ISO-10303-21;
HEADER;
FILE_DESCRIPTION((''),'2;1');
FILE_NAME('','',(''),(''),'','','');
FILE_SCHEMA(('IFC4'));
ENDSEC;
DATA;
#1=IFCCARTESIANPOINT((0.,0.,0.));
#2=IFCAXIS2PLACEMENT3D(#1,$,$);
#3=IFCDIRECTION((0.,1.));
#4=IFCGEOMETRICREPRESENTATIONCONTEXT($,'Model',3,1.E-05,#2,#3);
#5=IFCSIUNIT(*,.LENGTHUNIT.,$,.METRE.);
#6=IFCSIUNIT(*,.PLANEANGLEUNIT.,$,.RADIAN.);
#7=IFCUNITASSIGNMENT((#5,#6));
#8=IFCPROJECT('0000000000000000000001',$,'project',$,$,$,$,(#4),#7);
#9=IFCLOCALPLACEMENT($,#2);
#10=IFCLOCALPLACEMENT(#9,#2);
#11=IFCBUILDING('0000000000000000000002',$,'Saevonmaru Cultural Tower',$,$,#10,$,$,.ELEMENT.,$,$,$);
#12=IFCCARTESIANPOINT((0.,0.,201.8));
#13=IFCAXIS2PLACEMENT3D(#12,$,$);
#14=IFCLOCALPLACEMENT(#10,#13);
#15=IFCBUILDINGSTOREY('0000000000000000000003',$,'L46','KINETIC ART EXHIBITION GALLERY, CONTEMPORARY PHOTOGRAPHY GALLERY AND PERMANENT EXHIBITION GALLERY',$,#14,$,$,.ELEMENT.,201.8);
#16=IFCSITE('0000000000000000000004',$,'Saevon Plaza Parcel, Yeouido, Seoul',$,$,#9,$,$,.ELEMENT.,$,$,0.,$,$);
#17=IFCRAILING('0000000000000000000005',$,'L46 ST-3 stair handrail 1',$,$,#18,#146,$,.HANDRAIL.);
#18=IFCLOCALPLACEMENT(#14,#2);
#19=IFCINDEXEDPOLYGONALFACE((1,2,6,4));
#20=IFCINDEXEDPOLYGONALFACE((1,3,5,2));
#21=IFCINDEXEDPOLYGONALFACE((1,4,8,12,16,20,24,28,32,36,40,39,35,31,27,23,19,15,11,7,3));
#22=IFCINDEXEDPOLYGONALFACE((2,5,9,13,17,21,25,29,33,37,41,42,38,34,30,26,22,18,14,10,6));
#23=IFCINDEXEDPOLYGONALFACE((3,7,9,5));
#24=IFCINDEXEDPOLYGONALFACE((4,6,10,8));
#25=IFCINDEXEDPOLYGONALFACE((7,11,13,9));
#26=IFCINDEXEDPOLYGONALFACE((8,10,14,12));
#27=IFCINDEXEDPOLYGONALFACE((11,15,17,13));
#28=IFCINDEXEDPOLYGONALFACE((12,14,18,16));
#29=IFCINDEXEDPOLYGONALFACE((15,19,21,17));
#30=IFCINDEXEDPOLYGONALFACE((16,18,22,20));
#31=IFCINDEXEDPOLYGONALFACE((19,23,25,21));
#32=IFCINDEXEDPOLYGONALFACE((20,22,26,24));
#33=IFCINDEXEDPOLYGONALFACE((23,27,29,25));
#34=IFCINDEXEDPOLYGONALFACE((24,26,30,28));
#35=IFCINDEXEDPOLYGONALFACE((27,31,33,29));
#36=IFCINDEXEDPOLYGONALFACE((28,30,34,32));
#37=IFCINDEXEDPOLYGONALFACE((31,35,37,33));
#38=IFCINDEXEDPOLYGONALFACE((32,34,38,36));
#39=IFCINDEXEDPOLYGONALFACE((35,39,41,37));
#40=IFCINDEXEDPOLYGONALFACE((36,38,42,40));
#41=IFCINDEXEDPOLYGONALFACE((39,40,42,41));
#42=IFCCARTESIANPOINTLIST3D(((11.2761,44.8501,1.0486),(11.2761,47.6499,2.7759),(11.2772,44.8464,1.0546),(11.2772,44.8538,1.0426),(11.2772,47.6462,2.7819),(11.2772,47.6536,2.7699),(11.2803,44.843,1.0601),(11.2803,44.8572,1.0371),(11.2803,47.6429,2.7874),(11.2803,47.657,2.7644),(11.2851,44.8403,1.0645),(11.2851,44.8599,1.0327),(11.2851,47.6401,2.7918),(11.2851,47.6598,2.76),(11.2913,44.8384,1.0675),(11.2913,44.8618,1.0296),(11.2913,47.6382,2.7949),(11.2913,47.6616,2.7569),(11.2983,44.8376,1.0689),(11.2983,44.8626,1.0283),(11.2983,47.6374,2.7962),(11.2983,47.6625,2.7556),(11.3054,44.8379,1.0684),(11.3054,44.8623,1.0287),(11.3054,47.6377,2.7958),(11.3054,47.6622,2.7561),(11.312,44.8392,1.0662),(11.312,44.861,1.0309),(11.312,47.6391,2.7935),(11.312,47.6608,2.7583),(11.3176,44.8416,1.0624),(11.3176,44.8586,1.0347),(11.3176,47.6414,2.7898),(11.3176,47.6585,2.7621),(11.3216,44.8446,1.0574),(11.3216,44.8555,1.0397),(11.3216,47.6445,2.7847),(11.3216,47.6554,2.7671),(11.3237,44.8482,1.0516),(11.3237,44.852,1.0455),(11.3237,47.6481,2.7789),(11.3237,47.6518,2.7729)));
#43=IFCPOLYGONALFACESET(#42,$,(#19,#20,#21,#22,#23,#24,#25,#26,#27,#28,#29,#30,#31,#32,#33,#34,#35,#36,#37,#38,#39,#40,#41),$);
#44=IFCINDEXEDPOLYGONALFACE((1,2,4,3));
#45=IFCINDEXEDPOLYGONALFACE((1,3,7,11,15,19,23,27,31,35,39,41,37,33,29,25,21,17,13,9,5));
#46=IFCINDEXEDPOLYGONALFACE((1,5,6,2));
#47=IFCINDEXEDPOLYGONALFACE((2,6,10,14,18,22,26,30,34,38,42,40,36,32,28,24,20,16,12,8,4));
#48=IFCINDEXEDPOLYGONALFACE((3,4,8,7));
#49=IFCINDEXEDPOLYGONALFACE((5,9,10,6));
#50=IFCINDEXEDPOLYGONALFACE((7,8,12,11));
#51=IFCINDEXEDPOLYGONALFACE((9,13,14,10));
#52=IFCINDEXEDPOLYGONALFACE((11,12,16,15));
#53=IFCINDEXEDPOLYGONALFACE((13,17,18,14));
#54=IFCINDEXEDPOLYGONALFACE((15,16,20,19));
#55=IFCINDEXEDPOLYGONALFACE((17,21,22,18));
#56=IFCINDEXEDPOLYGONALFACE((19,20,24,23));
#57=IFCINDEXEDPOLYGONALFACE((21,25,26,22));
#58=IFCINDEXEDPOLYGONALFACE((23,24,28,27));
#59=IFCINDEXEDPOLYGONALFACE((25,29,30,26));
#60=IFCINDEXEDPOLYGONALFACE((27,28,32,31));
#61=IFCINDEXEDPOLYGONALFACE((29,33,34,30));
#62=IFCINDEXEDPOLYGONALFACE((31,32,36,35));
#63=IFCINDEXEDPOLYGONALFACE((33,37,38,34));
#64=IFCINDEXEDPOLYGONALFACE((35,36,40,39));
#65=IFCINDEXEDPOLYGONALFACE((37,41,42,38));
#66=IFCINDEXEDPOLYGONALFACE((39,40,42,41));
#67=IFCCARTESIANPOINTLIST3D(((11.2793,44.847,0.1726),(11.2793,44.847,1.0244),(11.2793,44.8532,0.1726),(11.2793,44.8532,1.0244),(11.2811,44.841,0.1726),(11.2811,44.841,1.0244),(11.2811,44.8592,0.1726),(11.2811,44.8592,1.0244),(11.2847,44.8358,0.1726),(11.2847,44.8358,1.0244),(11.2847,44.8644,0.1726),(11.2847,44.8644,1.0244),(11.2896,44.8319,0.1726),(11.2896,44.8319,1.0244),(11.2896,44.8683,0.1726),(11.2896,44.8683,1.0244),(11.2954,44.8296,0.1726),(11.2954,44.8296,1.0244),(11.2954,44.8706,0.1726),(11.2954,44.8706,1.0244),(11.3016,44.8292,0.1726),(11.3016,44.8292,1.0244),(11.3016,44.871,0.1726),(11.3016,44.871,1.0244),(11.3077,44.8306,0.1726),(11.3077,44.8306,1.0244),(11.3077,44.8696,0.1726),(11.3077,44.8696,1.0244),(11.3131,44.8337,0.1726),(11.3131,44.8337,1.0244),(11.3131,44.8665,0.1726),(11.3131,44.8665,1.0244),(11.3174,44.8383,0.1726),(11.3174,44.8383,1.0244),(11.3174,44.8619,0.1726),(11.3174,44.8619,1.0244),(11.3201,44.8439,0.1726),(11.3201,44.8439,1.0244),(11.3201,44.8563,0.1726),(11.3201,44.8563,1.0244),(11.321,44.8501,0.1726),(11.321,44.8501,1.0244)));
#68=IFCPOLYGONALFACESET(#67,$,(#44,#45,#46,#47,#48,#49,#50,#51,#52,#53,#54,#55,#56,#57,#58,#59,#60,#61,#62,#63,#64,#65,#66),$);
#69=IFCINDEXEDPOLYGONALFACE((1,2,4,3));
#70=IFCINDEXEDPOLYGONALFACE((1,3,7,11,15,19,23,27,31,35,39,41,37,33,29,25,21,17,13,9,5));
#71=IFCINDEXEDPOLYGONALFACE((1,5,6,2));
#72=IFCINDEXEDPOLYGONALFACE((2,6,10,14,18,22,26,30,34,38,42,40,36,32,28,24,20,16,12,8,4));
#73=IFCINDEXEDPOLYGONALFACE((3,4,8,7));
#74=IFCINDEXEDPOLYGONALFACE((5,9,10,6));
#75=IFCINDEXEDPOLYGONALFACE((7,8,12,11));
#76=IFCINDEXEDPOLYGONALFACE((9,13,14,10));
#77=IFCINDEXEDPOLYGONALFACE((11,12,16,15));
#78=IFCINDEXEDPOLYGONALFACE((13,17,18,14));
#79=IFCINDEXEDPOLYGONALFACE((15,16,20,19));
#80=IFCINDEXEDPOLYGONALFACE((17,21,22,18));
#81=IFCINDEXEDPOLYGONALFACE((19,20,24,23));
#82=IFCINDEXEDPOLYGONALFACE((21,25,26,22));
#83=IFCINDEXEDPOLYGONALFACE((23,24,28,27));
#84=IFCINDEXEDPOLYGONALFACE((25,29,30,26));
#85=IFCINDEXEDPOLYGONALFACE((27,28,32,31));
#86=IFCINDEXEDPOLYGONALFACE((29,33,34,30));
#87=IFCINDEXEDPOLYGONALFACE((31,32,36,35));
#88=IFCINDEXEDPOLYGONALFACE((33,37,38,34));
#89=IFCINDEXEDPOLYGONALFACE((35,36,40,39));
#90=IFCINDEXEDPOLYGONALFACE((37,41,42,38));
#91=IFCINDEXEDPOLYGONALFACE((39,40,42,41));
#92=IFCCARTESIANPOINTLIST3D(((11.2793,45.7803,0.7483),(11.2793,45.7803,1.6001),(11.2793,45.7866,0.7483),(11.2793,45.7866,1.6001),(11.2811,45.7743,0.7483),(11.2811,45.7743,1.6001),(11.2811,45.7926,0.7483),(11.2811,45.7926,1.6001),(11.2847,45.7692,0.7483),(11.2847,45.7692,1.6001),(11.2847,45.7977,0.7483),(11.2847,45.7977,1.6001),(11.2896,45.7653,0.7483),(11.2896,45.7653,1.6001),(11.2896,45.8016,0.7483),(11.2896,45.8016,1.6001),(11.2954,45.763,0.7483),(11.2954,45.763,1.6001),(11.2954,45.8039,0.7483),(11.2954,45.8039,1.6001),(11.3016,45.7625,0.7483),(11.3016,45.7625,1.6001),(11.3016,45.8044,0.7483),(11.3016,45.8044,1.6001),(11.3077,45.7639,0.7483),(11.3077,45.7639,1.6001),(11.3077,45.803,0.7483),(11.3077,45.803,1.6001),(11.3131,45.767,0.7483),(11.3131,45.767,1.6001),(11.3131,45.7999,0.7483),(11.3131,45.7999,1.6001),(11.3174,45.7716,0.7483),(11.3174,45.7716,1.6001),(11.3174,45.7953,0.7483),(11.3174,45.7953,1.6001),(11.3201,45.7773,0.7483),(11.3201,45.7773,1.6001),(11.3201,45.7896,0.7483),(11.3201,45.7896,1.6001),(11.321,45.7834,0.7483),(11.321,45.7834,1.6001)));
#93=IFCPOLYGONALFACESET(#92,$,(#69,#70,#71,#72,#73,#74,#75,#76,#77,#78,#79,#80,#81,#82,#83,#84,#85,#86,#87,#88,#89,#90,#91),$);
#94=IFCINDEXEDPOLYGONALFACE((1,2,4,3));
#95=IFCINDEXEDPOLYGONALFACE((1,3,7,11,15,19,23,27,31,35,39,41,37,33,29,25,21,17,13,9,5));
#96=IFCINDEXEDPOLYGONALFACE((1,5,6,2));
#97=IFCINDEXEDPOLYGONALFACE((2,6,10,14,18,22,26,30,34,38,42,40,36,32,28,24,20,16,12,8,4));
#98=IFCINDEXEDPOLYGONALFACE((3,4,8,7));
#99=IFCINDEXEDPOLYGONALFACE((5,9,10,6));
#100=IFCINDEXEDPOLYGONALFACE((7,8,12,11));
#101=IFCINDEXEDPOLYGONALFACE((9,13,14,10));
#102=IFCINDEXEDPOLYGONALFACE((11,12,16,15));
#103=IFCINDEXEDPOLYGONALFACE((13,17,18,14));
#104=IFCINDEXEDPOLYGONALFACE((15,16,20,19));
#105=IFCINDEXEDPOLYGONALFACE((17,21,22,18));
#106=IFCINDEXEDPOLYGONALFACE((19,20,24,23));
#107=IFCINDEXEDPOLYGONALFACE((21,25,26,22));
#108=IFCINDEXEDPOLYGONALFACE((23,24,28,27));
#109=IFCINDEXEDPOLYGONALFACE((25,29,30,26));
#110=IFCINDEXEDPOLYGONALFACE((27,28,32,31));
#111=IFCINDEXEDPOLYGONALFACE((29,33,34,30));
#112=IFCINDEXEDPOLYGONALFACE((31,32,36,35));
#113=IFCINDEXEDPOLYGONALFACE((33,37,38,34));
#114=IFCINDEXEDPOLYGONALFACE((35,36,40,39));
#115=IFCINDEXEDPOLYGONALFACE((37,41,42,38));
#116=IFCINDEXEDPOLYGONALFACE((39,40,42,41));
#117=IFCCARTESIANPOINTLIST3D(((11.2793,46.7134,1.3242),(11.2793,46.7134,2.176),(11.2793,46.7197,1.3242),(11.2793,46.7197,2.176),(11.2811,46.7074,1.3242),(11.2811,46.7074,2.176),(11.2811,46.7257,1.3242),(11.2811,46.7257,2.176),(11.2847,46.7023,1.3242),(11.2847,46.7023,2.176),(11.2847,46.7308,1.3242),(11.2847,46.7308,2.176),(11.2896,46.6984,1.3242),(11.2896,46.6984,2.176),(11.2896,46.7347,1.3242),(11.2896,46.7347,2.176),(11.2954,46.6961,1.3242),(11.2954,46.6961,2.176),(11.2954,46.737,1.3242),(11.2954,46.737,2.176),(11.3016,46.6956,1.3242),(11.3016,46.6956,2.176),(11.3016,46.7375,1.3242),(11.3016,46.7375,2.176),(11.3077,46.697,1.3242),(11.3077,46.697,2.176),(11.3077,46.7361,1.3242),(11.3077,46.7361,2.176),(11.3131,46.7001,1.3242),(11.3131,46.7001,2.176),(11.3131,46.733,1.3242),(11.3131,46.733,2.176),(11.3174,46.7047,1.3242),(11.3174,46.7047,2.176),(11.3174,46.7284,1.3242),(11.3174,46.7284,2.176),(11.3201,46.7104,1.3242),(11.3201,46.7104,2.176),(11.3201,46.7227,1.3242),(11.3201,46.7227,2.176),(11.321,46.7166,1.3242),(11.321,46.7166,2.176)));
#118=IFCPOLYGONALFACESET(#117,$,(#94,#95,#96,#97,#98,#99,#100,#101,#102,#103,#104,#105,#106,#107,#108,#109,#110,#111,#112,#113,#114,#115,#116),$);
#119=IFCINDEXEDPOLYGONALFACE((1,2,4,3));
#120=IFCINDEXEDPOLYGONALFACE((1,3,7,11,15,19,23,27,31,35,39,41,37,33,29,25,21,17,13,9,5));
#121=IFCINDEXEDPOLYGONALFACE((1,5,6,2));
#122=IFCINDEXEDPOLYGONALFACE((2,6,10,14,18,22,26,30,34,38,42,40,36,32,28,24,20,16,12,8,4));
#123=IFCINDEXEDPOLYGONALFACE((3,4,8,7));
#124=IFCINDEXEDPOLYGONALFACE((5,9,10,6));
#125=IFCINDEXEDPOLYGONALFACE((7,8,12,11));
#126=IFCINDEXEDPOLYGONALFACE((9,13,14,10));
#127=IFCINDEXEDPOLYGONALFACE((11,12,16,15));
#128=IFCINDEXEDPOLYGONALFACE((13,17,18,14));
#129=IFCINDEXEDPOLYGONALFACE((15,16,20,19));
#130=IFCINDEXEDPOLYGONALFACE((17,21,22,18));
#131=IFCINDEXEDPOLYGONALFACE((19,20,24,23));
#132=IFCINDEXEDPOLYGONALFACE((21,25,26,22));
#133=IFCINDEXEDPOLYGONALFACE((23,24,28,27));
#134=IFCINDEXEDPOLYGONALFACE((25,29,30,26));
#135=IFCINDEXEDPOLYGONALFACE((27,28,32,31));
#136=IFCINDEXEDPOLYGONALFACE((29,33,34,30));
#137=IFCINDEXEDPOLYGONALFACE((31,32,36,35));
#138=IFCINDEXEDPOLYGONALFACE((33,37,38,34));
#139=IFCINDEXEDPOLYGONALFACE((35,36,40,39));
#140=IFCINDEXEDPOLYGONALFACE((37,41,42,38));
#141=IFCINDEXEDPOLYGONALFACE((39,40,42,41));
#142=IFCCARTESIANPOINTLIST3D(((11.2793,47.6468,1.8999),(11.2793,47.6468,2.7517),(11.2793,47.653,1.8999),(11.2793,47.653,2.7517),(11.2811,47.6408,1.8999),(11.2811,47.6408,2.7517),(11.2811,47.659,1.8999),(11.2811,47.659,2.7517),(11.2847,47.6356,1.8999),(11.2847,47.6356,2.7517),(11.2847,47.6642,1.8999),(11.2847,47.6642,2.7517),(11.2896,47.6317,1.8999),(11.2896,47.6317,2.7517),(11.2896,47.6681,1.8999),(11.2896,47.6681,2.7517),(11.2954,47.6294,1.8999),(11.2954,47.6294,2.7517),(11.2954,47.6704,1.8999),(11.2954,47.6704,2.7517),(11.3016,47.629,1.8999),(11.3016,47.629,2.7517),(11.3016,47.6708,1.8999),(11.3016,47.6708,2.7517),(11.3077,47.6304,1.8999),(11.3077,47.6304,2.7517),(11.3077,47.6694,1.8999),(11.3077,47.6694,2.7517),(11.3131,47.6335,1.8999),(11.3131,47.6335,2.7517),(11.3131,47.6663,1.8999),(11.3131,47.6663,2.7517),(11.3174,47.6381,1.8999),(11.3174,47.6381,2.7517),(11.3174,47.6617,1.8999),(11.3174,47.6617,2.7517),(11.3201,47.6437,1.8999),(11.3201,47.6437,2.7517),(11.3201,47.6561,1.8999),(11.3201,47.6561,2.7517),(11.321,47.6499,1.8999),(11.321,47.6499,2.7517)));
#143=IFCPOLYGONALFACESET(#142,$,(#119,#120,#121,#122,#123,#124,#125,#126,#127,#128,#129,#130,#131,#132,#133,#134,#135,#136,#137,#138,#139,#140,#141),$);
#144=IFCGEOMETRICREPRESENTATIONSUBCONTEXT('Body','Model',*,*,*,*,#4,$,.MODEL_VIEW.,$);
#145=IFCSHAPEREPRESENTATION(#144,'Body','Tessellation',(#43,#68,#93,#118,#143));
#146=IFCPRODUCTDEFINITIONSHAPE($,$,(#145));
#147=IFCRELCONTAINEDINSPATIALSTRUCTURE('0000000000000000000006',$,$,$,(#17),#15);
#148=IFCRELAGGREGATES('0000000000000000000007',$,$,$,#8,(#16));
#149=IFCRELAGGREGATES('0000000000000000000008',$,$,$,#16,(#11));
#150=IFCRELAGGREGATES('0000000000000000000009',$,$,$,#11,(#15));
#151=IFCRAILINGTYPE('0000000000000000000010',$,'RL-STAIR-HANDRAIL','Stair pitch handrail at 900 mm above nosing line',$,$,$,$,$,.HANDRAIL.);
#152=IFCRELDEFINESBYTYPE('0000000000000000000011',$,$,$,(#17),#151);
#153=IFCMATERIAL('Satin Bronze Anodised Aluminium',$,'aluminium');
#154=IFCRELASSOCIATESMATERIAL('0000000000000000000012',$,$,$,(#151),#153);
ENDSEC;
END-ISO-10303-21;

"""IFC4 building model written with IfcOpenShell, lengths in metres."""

from ifc_helpers import new_model, si_unit, direction, frame, origin, origin_2d, place, context, subcontext, project, spatial, circle, extrude, material, type_object, element, save


model = new_model("IFC4")

# Units and contexts
model_context = context("Model", 3, precision=1e-05, world=origin(), true_north=direction((0.0, 1.0)))
body_context = subcontext(model_context, "Body", "Model", "MODEL_VIEW")
ifc_project = project(units=[si_unit("LENGTHUNIT", "METRE"), si_unit("PLANEANGLEUNIT", "RADIAN")], contexts=[model_context])

# Site, building, storey
site_placement = place(None, origin())
site = spatial("IfcSite", under=ifc_project, at=site_placement, Name="Saevon Plaza Parcel, Yeouido, Seoul", CompositionType="ELEMENT", RefElevation=0.0)
building_placement = place(site_placement, origin())
building = spatial("IfcBuilding", under=site, at=building_placement, Name="Saevonmaru Cultural Tower", CompositionType="ELEMENT")
storey_placement = place(building_placement, frame((0.0, 0.0, 201.8)))
storey = spatial("IfcBuildingStorey", under=building, at=storey_placement, Name="L46", Description="KINETIC ART EXHIBITION GALLERY, CONTEMPORARY PHOTOGRAPHY GALLERY AND PERMANENT EXHIBITION GALLERY", CompositionType="ELEMENT", Elevation=201.8)

# Shared definitions
ifc_material_1 = material(Name="Satin Bronze Anodised Aluminium", Category="aluminium")

# Railing
railing_type_1 = type_object("IfcRailingType", Name="RL-STAIR-HANDRAIL", Description="Stair pitch handrail at 900 mm above nosing line", PredefinedType="HANDRAIL", material=ifc_material_1)
railing_1_placement = place(storey_placement, frame((11.3, 44.8501, 0.1726)))
element("IfcRailing", 1, at=railing_1_placement, inside=storey, type_object=railing_type_1, Name="L46 ST-3 stair handrail 1", PredefinedType="HANDRAIL", context=body_context, shape_type="SweptSolid", body=[
    extrude(circle(Radius=0.0239, at=origin_2d()), frame((0.0, 0.0, 0.876), z_axis=(0.0, 0.851069, 0.525054), x_axis=(-1.0, 0.0, 0.0)), (0.0, 0.0, 1.0), 3.2898),
    extrude(circle(Radius=0.021, at=origin_2d()), origin(), (0.0, 0.0, 1.0), 0.8518),
    extrude(circle(Radius=0.021, at=origin_2d()), frame((0.0, 0.9333, 0.5757)), (0.0, 0.0, 1.0), 0.8518),
    extrude(circle(Radius=0.021, at=origin_2d()), frame((0.0, 1.8665, 1.1516)), (0.0, 0.0, 1.0), 0.8518),
    extrude(circle(Radius=0.021, at=origin_2d()), frame((0.0, 2.7998, 1.7273)), (0.0, 0.0, 1.0), 0.8518),
])

save(model, "model.ifc")
